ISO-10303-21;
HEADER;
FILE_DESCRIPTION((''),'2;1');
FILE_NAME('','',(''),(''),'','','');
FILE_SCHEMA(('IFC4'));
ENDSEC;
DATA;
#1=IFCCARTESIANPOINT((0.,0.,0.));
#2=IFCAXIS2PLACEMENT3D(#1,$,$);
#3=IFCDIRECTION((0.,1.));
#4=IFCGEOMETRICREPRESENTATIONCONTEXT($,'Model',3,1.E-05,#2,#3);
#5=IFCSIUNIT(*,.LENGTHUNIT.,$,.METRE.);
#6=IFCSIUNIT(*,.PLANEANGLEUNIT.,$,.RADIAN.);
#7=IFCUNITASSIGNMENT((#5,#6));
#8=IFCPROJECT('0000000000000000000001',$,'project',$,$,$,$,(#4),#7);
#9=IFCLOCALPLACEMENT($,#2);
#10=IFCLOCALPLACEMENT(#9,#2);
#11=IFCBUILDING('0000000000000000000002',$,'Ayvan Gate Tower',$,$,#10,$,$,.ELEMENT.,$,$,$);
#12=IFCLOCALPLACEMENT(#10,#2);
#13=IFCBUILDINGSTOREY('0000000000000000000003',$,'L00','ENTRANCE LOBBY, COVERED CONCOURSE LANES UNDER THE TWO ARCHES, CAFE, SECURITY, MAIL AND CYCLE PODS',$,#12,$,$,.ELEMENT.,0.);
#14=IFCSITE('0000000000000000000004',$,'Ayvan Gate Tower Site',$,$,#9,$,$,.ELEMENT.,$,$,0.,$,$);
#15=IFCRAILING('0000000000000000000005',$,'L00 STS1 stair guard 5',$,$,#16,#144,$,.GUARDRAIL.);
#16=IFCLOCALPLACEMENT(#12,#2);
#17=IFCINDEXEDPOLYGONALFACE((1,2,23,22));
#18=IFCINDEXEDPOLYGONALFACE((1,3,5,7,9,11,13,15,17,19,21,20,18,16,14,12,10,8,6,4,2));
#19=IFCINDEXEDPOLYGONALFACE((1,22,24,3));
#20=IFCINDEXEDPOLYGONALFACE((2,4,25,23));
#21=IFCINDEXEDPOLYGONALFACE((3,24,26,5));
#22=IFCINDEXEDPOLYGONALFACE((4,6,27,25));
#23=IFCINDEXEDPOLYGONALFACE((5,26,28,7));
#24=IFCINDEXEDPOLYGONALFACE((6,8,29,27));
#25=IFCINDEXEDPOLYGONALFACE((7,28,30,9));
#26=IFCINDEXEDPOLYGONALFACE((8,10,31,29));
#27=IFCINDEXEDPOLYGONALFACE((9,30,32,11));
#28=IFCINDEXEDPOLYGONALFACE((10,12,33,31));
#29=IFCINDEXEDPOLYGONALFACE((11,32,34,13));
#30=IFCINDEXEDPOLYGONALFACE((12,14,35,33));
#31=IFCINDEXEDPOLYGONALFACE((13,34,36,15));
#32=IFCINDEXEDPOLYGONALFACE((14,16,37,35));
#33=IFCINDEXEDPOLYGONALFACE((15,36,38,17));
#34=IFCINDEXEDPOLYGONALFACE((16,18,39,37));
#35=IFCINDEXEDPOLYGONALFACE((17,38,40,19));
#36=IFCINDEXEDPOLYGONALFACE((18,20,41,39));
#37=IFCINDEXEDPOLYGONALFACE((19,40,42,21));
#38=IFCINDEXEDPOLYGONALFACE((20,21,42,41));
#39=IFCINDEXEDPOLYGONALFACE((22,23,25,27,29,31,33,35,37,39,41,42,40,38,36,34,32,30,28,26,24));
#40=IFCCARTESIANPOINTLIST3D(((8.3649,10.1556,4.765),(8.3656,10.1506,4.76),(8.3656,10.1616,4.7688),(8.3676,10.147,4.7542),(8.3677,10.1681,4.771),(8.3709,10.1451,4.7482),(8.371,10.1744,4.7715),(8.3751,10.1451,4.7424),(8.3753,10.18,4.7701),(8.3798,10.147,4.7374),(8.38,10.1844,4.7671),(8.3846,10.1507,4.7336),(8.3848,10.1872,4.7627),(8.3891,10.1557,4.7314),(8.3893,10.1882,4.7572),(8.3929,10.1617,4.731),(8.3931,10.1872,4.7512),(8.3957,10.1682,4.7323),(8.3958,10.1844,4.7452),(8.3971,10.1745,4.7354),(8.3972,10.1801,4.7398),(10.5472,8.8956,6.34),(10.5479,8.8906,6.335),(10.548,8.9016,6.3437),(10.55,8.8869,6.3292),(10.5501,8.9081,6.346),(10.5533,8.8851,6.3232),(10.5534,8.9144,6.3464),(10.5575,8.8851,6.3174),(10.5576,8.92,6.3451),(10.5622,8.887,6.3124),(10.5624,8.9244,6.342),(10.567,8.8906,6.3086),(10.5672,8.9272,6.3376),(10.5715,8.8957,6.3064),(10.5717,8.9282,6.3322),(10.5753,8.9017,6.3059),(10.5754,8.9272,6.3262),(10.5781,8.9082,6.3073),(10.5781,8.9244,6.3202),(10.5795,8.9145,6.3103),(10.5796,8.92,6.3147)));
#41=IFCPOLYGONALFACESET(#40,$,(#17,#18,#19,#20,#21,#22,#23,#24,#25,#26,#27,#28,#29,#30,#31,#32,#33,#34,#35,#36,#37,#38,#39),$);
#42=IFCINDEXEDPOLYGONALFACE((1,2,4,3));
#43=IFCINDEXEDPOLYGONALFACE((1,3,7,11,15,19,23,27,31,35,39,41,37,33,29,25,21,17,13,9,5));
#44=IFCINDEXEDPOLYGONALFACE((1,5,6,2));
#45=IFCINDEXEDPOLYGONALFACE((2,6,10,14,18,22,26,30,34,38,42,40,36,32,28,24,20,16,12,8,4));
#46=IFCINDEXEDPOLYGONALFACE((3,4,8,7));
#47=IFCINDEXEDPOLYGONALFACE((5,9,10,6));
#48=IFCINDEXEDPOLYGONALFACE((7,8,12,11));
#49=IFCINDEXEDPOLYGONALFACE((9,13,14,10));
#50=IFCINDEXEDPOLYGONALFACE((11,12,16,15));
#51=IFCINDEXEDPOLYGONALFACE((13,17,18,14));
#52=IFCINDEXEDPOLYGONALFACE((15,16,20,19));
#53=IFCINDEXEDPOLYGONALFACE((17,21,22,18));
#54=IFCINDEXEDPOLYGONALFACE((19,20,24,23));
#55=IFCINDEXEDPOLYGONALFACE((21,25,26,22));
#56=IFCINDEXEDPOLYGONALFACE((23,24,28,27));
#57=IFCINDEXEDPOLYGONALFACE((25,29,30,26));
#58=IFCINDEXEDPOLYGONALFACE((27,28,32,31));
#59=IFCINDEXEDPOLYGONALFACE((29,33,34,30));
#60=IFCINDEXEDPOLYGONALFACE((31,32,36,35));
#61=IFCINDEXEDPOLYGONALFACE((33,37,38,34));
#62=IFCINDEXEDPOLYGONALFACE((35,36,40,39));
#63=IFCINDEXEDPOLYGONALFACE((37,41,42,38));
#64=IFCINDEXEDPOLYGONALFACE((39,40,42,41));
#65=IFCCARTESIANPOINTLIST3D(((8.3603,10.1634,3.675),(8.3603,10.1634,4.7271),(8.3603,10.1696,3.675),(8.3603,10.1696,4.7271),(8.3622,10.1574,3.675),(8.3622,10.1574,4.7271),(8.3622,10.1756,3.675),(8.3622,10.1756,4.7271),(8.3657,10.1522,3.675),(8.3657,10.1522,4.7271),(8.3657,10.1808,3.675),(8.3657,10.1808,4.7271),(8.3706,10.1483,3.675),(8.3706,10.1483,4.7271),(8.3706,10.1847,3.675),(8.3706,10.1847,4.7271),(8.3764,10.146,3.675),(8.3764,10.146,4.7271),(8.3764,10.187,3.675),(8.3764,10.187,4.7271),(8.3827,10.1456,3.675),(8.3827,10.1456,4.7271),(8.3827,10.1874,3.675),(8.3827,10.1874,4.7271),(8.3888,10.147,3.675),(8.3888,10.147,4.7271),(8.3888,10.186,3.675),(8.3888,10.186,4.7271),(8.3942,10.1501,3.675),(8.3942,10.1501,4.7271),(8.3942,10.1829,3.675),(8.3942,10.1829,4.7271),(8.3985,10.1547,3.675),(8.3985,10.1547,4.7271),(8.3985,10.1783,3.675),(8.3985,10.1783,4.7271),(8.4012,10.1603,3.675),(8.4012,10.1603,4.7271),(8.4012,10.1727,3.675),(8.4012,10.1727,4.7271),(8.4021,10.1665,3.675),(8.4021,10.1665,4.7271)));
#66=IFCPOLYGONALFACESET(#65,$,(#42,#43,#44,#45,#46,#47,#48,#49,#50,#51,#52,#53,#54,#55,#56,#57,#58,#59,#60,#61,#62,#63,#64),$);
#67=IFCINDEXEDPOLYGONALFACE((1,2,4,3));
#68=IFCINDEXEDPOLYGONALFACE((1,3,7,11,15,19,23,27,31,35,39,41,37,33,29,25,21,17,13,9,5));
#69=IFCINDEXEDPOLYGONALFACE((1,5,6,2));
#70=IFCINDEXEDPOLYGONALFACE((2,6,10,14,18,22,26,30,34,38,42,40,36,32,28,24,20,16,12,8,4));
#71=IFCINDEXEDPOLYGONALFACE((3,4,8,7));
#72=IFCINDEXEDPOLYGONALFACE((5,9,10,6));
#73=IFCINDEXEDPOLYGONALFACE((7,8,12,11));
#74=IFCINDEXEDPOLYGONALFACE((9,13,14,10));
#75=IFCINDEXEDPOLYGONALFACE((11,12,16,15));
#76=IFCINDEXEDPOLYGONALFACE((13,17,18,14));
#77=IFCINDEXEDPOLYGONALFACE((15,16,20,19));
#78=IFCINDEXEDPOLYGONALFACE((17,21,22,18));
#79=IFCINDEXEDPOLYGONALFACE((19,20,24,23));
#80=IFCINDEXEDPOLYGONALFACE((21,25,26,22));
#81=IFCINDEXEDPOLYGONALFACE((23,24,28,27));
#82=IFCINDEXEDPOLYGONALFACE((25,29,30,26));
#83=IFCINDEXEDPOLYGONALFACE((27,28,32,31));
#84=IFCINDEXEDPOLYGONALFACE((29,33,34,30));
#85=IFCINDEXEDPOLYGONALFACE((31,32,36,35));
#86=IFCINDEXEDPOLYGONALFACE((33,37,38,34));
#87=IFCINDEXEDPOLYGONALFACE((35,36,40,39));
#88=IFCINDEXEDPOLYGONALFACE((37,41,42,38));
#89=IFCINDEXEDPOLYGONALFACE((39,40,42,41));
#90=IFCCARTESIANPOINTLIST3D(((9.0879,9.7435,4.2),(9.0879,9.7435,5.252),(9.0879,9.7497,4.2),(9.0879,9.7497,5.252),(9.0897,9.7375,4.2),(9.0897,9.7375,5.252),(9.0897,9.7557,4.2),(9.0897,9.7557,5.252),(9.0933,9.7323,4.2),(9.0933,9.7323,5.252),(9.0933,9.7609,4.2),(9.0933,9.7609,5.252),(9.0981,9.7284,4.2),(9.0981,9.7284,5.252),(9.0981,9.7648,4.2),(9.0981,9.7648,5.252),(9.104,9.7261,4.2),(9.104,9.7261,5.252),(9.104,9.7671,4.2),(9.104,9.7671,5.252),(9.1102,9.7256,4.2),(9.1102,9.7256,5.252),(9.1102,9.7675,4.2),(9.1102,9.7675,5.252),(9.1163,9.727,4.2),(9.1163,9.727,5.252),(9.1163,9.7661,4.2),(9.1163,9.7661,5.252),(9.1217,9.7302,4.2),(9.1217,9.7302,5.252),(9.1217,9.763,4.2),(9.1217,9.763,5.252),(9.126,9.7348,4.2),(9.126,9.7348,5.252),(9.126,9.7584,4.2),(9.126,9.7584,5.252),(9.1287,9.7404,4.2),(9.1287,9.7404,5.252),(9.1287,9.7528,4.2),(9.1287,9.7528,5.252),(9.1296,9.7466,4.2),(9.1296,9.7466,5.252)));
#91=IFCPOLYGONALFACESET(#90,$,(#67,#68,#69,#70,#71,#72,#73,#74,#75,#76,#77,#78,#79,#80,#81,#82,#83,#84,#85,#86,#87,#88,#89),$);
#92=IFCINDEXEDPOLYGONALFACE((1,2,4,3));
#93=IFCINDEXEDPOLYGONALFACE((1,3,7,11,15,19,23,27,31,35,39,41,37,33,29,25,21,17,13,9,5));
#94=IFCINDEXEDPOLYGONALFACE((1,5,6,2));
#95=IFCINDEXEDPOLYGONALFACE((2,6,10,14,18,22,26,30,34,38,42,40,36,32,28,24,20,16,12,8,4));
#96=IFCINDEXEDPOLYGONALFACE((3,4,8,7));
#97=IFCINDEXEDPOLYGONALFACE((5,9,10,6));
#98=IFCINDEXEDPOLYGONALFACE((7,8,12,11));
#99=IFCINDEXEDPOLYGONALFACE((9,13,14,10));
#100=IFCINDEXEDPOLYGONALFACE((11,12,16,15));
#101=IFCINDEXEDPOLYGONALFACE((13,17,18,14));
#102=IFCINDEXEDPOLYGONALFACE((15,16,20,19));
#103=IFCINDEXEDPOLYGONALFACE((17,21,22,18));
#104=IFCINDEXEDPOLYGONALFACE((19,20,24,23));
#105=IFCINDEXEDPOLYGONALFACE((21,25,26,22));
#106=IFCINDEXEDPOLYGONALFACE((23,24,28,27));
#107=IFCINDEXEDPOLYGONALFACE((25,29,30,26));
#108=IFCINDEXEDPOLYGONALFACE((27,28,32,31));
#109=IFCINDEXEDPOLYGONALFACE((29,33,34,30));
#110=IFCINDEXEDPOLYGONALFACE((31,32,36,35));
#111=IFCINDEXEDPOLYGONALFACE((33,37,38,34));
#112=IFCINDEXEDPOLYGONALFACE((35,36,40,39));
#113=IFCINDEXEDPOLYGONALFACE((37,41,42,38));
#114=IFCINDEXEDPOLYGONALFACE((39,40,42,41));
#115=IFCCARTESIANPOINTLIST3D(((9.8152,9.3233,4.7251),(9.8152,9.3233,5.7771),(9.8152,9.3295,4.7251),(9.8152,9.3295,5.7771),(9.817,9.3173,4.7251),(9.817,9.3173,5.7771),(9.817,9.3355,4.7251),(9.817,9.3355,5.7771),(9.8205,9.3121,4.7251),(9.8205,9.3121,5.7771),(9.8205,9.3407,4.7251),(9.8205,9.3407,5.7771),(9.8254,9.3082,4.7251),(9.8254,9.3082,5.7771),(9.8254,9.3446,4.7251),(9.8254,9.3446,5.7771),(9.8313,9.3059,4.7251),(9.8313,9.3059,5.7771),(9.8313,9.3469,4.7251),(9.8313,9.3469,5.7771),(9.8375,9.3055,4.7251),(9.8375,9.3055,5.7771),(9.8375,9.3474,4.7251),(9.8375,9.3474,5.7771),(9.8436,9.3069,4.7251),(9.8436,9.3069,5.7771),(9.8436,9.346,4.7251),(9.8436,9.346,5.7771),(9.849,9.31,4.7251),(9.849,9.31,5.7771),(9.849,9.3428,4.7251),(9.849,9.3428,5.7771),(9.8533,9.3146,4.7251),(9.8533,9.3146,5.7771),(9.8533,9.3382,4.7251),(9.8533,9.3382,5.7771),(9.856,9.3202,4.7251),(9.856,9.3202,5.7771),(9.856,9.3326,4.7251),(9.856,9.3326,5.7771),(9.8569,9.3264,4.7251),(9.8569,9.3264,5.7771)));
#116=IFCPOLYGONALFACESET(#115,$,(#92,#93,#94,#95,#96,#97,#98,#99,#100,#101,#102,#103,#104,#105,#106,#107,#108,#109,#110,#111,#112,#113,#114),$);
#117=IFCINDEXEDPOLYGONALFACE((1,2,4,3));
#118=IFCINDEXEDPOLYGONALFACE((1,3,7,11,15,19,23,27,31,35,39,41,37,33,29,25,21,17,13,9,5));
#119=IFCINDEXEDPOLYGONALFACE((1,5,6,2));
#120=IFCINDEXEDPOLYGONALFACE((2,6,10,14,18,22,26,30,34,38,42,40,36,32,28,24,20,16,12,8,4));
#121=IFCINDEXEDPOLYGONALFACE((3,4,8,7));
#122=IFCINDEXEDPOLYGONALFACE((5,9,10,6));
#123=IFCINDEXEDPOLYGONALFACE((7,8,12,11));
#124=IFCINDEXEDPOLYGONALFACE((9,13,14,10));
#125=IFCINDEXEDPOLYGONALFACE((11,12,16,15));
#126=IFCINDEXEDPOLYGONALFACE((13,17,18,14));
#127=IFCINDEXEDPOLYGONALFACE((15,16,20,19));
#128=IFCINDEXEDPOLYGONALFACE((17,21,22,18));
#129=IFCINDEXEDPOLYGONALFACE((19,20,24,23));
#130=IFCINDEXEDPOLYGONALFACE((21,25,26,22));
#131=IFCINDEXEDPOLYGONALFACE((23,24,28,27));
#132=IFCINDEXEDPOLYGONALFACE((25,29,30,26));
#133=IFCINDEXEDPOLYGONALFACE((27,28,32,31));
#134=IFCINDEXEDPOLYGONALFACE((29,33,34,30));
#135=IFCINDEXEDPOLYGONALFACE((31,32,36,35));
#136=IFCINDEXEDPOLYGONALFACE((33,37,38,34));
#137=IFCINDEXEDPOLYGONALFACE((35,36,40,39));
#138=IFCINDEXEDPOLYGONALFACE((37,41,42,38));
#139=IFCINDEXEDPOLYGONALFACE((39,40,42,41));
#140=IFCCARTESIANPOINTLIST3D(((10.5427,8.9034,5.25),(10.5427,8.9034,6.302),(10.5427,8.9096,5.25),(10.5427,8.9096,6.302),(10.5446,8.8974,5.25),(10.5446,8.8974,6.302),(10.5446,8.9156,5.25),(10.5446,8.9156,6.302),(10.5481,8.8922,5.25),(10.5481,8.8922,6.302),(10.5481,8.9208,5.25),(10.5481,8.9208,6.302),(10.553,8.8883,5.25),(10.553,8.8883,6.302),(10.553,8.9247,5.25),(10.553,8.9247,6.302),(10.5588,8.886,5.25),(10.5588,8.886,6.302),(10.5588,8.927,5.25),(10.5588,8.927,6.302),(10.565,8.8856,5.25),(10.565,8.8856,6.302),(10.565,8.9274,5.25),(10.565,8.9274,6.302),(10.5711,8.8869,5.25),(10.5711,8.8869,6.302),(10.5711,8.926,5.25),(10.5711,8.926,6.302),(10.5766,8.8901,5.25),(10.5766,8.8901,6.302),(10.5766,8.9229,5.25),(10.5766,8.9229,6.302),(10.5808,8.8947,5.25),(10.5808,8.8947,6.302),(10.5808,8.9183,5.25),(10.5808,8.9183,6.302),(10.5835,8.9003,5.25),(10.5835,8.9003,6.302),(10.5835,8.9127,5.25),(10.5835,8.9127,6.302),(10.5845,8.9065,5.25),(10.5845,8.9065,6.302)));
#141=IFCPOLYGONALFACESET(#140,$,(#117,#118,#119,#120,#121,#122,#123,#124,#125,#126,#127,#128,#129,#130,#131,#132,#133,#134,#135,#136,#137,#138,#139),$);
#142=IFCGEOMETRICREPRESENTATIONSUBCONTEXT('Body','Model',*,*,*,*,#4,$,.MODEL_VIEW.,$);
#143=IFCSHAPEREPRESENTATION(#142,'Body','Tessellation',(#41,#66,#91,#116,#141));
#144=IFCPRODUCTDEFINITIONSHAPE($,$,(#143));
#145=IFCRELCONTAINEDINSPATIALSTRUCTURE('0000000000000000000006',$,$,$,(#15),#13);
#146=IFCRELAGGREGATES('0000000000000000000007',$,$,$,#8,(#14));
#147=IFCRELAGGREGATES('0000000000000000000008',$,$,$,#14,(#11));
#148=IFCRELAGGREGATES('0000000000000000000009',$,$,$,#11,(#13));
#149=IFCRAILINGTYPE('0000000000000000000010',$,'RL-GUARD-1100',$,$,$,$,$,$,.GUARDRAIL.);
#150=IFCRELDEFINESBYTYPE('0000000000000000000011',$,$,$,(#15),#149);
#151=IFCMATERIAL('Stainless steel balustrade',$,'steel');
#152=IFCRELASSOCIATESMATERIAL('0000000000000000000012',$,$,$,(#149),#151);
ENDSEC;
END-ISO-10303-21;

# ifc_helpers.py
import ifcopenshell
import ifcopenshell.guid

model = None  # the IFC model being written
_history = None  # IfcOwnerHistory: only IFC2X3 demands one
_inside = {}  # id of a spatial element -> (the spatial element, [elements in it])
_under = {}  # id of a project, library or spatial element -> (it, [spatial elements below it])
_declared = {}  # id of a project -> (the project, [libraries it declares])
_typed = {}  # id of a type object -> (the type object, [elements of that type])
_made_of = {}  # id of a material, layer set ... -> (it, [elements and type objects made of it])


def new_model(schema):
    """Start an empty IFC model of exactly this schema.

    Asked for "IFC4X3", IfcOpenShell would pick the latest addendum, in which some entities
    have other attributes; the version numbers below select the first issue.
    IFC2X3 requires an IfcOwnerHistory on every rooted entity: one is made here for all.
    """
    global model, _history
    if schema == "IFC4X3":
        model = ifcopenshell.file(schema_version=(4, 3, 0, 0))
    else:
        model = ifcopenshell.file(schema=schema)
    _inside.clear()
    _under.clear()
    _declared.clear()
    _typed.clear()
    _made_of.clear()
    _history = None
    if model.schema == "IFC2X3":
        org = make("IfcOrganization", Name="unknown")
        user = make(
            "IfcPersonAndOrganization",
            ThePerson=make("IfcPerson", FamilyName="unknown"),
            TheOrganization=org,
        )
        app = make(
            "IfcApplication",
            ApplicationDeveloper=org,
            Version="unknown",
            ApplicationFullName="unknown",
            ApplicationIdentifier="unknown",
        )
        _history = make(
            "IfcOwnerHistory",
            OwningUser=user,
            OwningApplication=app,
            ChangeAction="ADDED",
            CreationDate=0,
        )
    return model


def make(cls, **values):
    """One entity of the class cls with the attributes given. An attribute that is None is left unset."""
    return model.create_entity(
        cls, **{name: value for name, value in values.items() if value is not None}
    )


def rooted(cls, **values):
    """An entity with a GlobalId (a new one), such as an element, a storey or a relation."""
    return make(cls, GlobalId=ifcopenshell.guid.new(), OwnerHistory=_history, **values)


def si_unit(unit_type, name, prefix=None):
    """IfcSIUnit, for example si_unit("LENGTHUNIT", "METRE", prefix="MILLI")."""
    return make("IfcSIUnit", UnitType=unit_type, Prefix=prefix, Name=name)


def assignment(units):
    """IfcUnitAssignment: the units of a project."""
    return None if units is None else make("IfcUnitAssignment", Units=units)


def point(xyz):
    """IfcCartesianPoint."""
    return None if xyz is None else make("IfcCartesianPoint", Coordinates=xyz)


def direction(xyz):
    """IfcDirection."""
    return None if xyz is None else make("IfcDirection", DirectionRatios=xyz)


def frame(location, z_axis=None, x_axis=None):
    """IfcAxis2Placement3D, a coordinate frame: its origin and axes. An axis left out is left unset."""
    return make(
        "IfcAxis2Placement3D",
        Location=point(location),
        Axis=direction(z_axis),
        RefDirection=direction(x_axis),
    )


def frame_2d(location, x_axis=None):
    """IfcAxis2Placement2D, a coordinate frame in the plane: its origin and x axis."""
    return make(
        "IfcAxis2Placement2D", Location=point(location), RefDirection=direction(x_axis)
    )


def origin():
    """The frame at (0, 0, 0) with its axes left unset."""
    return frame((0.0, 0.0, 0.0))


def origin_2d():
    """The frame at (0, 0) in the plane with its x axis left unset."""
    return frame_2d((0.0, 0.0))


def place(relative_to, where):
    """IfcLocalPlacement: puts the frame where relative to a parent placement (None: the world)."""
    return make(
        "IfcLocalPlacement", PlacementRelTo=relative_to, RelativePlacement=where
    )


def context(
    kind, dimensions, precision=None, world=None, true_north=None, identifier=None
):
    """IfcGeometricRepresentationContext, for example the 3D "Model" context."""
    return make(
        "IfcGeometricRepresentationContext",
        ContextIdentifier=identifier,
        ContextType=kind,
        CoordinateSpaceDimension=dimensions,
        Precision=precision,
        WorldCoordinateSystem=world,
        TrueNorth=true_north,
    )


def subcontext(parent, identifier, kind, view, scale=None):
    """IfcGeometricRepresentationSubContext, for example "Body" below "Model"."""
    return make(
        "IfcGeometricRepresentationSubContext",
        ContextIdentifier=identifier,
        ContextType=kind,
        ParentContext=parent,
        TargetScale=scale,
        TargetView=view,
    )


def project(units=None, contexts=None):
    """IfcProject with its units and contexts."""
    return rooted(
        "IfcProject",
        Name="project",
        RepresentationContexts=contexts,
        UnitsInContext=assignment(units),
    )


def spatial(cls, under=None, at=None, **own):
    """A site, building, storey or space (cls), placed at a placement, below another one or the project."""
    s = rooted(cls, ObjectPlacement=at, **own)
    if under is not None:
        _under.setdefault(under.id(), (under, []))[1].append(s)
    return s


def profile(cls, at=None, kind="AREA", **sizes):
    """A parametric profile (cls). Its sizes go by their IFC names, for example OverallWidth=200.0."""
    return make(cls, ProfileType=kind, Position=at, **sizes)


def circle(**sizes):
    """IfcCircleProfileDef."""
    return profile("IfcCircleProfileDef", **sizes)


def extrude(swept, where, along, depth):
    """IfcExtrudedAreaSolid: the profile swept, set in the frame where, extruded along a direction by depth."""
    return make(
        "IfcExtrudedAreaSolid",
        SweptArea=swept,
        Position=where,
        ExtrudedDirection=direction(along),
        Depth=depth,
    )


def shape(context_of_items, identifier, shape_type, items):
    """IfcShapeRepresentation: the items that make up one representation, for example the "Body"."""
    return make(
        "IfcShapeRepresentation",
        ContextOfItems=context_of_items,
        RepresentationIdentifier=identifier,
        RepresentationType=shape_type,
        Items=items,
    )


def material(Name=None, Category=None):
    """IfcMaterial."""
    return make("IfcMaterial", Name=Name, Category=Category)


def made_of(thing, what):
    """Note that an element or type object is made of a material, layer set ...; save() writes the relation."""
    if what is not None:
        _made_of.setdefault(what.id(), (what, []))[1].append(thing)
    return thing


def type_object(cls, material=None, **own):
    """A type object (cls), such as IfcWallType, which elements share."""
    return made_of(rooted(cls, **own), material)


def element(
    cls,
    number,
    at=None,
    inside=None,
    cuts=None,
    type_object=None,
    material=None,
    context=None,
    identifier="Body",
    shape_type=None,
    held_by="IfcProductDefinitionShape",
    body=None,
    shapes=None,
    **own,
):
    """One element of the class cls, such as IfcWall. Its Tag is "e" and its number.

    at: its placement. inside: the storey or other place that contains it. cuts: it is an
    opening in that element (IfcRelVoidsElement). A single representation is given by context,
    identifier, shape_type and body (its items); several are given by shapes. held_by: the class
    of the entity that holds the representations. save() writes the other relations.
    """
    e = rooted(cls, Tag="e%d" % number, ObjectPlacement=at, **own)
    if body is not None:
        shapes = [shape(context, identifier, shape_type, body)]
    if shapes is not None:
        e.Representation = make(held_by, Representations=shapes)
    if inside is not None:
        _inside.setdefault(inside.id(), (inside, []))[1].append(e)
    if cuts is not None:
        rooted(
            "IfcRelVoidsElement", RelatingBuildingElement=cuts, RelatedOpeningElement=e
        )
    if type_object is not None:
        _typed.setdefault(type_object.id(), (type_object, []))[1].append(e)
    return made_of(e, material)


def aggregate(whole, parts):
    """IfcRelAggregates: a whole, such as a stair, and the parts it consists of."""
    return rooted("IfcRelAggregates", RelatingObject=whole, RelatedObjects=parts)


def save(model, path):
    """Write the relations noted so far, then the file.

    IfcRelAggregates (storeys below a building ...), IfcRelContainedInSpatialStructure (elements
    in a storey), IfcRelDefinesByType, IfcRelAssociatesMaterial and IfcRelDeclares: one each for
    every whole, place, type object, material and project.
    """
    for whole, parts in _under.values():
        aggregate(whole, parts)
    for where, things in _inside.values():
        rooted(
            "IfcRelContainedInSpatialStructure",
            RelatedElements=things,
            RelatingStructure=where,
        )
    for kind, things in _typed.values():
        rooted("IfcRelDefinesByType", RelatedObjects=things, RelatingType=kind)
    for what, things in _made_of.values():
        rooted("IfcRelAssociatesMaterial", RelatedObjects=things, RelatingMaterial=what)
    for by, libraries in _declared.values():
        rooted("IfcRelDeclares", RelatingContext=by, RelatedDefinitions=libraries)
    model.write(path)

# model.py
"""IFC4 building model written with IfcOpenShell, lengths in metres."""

from ifc_helpers import new_model, si_unit, direction, frame, origin, origin_2d, place, context, subcontext, project, spatial, circle, extrude, material, type_object, element, save


model = new_model("IFC4")

# Units and contexts
model_context = context("Model", 3, precision=1e-05, world=origin(), true_north=direction((0.0, 1.0)))
body_context = subcontext(model_context, "Body", "Model", "MODEL_VIEW")
ifc_project = project(units=[si_unit("LENGTHUNIT", "METRE"), si_unit("PLANEANGLEUNIT", "RADIAN")], contexts=[model_context])

# Site, building, storey
site_placement = place(None, origin())
site = spatial("IfcSite", under=ifc_project, at=site_placement, Name="Ayvan Gate Tower Site", CompositionType="ELEMENT", RefElevation=0.0)
building_placement = place(site_placement, origin())
building = spatial("IfcBuilding", under=site, at=building_placement, Name="Ayvan Gate Tower", CompositionType="ELEMENT")
storey_placement = place(building_placement, origin())
storey = spatial("IfcBuildingStorey", under=building, at=storey_placement, Name="L00", Description="ENTRANCE LOBBY, COVERED CONCOURSE LANES UNDER THE TWO ARCHES, CAFE, SECURITY, MAIL AND CYCLE PODS", CompositionType="ELEMENT", Elevation=0.0)

# Railing
ifc_material_1 = material(Name="Stainless steel balustrade", Category="steel")
railing_type_1 = type_object("IfcRailingType", Name="RL-GUARD-1100", PredefinedType="GUARDRAIL", material=ifc_material_1)
railing_1_placement = place(storey_placement, frame((8.3811, 10.1665, 3.675)))
element("IfcRailing", 1, at=railing_1_placement, inside=storey, type_object=railing_type_1, Name="L00 STS1 stair guard 5", PredefinedType="GUARDRAIL", context=body_context, shape_type="SweptSolid", body=[
    extrude(circle(Radius=0.0239, at=origin_2d()), frame((0.0, 0.0, 1.0762), z_axis=(0.734392, -0.424007, 0.529988), x_axis=(0.500005, 0.866023, 0.0)), (0.0, 0.0, 1.0), 2.9717),
    extrude(circle(Radius=0.021, at=origin_2d()), origin(), (0.0, 0.0, 1.0), 1.052),
    extrude(circle(Radius=0.021, at=origin_2d()), frame((0.7275, -0.4199, 0.5249)), (0.0, 0.0, 1.0), 1.052),
    extrude(circle(Radius=0.021, at=origin_2d()), frame((1.4548, -0.8401, 1.05)), (0.0, 0.0, 1.0), 1.052),
    extrude(circle(Radius=0.021, at=origin_2d()), frame((2.1824, -1.26, 1.575)), (0.0, 0.0, 1.0), 1.052),
])

save(model, "model.ifc")
